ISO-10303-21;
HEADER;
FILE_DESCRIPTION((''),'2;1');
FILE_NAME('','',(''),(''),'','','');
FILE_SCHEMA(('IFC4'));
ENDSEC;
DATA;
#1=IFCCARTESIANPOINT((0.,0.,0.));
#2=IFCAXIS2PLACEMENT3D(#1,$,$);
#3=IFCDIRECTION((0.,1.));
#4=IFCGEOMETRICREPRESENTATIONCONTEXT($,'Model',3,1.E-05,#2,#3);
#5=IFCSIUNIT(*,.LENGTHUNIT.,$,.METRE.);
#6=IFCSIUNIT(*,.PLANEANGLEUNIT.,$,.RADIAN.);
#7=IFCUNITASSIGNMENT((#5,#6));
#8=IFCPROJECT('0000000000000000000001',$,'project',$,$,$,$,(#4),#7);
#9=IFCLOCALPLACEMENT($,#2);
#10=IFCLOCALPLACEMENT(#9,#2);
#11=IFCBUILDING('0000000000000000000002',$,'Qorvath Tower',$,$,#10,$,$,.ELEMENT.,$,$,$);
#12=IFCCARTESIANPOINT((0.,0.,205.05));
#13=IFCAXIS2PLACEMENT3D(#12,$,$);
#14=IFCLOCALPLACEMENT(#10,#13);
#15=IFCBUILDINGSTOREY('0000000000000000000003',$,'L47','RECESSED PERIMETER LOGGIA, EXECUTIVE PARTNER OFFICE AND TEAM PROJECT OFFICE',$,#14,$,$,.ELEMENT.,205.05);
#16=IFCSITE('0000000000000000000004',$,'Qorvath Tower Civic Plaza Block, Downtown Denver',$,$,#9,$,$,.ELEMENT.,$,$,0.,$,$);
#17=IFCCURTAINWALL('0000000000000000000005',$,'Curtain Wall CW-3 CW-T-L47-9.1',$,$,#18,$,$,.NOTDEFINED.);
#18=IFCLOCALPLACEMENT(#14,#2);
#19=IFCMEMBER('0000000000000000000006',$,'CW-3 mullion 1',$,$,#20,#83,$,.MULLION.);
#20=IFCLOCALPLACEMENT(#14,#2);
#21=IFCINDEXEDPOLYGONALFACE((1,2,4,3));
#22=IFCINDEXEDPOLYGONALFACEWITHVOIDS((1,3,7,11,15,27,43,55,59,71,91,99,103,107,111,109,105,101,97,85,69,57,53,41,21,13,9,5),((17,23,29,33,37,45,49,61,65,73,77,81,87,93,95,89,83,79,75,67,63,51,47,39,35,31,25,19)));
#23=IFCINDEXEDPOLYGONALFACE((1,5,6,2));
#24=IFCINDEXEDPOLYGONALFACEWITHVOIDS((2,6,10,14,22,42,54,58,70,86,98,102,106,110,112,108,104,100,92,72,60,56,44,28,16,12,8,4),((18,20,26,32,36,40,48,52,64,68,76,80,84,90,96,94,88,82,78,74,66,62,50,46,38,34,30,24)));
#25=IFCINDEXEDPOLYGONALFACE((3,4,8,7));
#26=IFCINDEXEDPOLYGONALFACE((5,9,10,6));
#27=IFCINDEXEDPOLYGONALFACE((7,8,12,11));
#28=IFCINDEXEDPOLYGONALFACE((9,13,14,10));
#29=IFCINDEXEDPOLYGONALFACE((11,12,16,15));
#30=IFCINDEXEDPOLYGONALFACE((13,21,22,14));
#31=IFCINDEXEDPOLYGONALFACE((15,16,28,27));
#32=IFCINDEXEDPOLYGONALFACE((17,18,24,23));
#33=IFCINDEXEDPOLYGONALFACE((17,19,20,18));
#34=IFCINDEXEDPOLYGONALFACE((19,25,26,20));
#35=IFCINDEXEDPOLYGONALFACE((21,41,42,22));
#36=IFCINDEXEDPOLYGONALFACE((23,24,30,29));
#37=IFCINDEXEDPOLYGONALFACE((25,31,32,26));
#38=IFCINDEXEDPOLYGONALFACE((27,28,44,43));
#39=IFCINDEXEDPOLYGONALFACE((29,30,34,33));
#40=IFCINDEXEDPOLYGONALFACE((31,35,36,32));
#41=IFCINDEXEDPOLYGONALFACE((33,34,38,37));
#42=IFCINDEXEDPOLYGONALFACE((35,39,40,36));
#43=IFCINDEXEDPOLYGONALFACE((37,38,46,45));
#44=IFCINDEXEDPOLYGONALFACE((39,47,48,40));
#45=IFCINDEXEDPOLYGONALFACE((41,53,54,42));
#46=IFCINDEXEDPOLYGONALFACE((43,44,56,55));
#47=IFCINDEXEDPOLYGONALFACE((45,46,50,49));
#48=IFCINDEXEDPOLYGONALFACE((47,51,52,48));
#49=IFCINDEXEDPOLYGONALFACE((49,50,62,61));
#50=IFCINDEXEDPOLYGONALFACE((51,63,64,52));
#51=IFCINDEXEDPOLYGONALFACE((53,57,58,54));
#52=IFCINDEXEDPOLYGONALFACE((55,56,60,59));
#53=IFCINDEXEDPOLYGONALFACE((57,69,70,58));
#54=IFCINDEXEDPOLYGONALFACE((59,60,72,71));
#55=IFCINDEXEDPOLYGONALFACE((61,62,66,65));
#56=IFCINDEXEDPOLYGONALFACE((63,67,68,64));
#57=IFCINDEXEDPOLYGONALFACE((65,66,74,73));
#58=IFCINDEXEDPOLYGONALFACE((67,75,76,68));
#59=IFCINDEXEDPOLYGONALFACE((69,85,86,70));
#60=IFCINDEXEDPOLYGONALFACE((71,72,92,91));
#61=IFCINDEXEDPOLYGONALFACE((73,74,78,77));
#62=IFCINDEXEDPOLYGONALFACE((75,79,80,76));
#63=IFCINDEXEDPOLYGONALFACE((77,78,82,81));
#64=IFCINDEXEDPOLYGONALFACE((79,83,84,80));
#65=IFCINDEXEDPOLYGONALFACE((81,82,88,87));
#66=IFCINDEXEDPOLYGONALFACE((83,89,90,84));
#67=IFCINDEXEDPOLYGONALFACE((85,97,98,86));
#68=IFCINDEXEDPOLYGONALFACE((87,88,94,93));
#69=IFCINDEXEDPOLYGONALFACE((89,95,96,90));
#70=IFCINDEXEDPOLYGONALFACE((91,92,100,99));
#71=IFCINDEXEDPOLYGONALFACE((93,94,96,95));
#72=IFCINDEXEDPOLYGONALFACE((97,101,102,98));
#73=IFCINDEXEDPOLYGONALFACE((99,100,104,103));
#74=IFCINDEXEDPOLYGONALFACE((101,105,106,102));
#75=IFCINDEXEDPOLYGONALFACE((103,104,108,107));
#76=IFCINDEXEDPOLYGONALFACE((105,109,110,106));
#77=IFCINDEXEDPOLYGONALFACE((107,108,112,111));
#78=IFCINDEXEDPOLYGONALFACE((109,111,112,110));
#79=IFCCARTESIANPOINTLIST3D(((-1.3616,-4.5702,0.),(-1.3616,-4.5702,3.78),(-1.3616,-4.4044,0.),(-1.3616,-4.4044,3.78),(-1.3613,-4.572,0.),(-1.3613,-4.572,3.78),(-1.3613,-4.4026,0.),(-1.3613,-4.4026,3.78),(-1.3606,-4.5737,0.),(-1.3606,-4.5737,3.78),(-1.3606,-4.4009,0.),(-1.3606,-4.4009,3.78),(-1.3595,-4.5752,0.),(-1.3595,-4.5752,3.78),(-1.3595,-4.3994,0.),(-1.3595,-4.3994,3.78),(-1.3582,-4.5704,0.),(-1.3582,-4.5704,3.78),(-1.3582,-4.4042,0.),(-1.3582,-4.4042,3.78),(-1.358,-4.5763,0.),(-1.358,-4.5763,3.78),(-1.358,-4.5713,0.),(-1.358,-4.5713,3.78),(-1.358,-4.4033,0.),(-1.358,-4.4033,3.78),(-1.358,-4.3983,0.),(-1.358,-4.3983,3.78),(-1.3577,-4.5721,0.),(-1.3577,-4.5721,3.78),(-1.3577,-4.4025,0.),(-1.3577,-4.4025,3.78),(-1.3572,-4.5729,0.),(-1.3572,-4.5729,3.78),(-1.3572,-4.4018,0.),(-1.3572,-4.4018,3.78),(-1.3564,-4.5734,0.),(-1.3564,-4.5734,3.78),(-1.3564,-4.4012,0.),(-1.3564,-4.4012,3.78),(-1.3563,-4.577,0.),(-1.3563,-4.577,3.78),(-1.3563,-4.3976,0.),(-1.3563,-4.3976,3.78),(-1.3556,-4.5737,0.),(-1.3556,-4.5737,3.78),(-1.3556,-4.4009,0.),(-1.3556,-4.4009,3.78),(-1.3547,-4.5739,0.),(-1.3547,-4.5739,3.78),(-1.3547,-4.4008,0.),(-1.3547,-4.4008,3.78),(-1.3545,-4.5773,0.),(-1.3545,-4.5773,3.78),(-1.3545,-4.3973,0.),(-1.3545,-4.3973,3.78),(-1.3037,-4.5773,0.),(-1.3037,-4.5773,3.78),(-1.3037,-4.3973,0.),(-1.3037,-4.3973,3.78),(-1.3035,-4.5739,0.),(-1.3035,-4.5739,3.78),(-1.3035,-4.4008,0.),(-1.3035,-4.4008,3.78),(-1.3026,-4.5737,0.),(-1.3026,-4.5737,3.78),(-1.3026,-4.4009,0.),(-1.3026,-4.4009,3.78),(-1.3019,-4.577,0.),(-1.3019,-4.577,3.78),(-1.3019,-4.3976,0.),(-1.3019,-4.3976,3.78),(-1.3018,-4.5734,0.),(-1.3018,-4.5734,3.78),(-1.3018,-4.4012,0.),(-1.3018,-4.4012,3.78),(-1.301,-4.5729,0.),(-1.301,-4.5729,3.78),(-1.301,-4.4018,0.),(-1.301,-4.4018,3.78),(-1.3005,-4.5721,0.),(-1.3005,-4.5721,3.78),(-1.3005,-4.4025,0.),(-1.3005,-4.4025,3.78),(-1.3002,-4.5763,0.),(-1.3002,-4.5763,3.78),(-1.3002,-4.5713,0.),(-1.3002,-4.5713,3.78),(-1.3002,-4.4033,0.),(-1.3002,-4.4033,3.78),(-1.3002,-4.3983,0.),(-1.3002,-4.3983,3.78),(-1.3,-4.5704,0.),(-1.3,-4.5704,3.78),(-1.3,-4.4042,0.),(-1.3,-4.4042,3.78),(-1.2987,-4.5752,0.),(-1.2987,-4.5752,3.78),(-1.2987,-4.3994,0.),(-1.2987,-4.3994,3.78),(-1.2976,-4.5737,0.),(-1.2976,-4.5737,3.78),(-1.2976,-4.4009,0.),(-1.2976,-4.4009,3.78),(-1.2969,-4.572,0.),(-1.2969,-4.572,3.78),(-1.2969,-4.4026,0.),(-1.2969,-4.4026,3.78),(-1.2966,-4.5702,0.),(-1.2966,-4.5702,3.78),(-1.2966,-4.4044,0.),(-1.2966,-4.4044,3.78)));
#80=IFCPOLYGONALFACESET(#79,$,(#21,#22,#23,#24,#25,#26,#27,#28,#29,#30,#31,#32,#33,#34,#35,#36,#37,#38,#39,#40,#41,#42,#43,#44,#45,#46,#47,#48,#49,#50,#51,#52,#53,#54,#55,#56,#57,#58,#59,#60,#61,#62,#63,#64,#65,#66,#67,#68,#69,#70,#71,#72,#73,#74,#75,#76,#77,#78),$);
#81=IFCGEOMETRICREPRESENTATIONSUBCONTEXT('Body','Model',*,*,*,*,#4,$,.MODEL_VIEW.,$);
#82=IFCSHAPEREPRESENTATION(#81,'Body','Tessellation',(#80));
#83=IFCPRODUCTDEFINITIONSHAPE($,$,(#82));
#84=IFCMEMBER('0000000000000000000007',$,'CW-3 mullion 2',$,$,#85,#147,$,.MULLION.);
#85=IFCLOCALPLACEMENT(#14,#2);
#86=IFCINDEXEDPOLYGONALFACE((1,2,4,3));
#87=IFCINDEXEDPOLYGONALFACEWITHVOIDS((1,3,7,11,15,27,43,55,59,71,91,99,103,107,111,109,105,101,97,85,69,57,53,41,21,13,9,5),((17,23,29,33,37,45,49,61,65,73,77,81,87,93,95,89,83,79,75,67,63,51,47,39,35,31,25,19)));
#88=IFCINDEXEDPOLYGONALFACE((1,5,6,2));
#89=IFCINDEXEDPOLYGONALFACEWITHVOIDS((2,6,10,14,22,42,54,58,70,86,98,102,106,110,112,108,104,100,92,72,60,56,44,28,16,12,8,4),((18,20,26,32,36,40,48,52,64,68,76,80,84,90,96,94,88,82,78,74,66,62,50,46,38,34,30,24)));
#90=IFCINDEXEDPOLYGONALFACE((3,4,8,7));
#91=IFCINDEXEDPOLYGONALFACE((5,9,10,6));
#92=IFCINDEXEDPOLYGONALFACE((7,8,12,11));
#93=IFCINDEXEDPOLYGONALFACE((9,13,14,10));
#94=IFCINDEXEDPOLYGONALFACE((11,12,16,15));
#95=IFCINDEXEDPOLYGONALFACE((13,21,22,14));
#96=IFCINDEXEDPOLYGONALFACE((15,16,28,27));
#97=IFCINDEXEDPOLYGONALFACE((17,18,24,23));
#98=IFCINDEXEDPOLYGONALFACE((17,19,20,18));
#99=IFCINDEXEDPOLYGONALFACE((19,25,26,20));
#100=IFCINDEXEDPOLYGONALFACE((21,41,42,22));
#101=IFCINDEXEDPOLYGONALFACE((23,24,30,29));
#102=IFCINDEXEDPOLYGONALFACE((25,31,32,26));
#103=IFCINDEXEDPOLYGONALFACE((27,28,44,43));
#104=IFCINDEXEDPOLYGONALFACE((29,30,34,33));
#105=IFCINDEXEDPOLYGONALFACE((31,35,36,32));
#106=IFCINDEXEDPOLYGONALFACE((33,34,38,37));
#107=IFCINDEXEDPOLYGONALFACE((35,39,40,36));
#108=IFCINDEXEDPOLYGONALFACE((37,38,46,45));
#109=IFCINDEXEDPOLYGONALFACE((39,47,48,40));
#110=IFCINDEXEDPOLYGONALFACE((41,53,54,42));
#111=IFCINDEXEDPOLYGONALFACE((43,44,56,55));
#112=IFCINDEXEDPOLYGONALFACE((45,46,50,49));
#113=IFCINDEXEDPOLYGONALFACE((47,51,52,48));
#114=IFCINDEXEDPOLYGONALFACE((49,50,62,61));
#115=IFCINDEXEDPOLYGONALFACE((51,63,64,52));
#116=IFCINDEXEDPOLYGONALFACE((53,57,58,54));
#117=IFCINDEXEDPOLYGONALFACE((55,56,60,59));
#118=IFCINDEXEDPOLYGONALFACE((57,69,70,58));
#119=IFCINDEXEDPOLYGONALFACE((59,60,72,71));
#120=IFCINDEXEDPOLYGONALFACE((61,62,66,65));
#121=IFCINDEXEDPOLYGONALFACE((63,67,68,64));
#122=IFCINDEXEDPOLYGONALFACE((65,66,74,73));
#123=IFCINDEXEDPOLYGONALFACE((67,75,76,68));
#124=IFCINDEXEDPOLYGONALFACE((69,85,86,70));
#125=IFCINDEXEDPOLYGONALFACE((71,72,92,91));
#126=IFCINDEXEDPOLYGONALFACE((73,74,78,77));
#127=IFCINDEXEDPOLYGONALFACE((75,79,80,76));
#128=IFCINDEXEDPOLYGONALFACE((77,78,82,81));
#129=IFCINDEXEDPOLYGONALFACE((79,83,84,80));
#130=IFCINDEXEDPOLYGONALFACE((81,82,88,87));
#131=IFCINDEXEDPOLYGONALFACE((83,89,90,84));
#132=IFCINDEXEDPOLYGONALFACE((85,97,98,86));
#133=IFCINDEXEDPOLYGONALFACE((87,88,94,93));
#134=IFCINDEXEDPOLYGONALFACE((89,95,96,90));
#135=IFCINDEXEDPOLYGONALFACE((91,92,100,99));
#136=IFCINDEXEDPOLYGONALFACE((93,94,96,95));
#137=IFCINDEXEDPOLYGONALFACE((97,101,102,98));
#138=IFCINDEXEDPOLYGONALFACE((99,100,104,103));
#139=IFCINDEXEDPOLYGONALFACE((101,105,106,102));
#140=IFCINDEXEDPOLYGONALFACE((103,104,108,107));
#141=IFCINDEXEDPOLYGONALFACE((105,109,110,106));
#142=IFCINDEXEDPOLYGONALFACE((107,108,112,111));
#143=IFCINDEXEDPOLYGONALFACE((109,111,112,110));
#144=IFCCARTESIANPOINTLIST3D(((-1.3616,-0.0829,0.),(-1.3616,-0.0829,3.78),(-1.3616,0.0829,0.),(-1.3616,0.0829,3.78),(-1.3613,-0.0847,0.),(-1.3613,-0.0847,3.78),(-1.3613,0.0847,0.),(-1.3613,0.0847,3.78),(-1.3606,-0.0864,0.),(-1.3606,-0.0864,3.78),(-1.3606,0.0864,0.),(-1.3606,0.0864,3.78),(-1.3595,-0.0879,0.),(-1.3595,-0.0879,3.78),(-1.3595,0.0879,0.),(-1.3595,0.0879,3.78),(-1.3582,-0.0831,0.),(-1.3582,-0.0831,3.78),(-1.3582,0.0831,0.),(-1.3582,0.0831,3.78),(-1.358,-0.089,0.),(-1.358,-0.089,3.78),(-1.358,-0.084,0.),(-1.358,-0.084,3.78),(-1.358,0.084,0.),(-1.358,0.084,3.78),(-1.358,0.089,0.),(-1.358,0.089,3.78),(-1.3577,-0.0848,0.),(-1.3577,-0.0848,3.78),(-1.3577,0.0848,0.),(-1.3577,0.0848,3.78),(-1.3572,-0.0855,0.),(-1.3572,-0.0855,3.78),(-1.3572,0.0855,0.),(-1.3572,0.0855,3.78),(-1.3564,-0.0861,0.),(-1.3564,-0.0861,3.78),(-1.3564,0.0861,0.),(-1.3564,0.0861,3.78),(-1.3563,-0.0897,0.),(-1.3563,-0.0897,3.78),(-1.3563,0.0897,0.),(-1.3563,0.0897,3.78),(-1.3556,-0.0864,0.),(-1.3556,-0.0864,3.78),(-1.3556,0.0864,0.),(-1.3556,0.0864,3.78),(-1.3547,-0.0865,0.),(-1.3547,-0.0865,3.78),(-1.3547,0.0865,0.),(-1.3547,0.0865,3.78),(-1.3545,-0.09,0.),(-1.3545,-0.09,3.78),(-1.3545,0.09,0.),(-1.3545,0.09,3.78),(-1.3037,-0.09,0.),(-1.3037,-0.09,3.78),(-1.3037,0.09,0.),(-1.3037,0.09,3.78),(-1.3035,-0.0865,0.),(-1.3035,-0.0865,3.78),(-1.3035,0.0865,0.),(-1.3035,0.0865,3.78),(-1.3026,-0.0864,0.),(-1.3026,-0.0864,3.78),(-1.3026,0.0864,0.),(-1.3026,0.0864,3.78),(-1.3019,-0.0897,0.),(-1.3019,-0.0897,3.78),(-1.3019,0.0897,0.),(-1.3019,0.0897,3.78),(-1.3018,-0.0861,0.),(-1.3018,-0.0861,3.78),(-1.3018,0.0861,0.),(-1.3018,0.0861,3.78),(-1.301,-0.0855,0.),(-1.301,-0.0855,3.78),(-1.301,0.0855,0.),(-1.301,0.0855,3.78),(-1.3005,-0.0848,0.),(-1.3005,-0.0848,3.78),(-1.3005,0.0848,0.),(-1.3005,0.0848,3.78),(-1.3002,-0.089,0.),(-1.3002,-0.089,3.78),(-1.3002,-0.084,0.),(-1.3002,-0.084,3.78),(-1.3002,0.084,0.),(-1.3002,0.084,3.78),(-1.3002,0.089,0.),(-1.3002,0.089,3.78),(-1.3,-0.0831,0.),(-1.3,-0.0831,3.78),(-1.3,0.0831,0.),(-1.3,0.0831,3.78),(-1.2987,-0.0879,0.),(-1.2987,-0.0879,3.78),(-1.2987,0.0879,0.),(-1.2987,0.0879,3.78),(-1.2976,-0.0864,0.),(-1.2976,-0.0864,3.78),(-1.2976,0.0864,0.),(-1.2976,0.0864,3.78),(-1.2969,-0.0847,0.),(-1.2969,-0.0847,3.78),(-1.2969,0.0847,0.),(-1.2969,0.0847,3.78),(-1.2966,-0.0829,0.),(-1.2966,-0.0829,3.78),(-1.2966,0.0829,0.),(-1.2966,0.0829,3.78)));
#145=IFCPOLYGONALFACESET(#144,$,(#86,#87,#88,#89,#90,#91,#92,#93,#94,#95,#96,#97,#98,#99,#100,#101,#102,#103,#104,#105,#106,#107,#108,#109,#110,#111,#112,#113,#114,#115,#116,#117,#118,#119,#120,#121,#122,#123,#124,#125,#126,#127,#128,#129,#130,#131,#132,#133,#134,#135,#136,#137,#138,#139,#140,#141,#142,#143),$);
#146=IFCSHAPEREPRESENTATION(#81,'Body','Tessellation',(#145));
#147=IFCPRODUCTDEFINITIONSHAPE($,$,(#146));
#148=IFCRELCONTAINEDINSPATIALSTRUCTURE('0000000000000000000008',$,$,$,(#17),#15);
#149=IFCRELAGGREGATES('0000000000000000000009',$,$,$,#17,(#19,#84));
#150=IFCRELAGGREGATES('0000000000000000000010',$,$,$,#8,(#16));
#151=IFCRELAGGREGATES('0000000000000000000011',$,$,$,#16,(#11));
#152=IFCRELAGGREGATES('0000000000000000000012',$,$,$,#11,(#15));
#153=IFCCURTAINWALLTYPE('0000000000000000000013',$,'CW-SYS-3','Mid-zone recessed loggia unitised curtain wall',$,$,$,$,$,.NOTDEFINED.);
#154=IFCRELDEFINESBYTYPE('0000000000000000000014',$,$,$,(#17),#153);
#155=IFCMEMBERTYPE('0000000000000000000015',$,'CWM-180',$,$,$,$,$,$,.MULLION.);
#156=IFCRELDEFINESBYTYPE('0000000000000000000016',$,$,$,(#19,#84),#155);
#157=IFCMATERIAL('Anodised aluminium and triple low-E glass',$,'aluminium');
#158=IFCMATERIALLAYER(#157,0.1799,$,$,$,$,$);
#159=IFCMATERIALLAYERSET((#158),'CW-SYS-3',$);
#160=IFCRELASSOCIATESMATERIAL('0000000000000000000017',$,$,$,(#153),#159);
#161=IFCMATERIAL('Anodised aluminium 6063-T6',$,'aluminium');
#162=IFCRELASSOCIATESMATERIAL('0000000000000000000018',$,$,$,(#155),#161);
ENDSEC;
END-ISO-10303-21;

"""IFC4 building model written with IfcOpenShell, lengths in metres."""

from ifc_helpers import new_model, si_unit, direction, frame, origin, origin_2d, place, context, subcontext, project, spatial, hollow_rectangle, extrude, material, layer, layer_set, material_profile, profile_set, type_object, element, aggregate, save


model = new_model("IFC4")

# Units and contexts
model_context = context("Model", 3, precision=1e-05, world=origin(), true_north=direction((0.0, 1.0)))
body_context = subcontext(model_context, "Body", "Model", "MODEL_VIEW")
ifc_project = project(units=[si_unit("LENGTHUNIT", "METRE"), si_unit("PLANEANGLEUNIT", "RADIAN")], contexts=[model_context])

# Site, building, storey
site_placement = place(None, origin())
site = spatial("IfcSite", under=ifc_project, at=site_placement, Name="Qorvath Tower Civic Plaza Block, Downtown Denver", CompositionType="ELEMENT", RefElevation=0.0)
building_placement = place(site_placement, origin())
building = spatial("IfcBuilding", under=site, at=building_placement, Name="Qorvath Tower", CompositionType="ELEMENT")
storey_placement = place(building_placement, frame((0.0, 0.0, 205.05)))
storey = spatial("IfcBuildingStorey", under=building, at=storey_placement, Name="L47", Description="RECESSED PERIMETER LOGGIA, EXECUTIVE PARTNER OFFICE AND TEAM PROJECT OFFICE", CompositionType="ELEMENT", Elevation=205.05)

# Curtain wall, members
ifc_material_1 = material(Name="Anodised aluminium and triple low-E glass", Category="aluminium")
ifc_layer_1 = layer(ifc_material_1, 0.1799)
ifc_layer_set_1 = layer_set([ifc_layer_1], Name="CW-SYS-3")
curtain_wall_type = type_object("IfcCurtainWallType", Name="CW-SYS-3", Description="Mid-zone recessed loggia unitised curtain wall", PredefinedType="NOTDEFINED", material=ifc_layer_set_1)
curtain_wall_placement = place(storey_placement, origin())
curtain_wall = element("IfcCurtainWall", 1, at=curtain_wall_placement, inside=storey, type_object=curtain_wall_type, Name="Curtain Wall CW-3 CW-T-L47-9.1", PredefinedType="NOTDEFINED")
ifc_material_2 = material(Name="Anodised aluminium 6063-T6", Category="aluminium")
ifc_material_profile_1 = material_profile(ifc_material_2, hollow_rectangle(XDim=0.0649, YDim=0.1799, WallThickness=0.0034, InnerFilletRadius=0.0034, OuterFilletRadius=0.0071, at=origin_2d()), Name="CWM 180x65")
ifc_profile_set_1 = profile_set([ifc_material_profile_1], Name="Anodised aluminium 6063-T6")
member_type_1 = type_object("IfcMemberType", Name="CWM-180", PredefinedType="MULLION", material=ifc_profile_set_1)
member_1_placement = place(storey_placement, frame((-1.3291, -4.4873, 0.0), z_axis=(0.0, 0.0, 1.0), x_axis=(-1.0, 0.0, 0.0)))
member_1 = element("IfcMember", 2, at=member_1_placement, type_object=member_type_1, Name="CW-3 mullion 1", PredefinedType="MULLION", context=body_context, shape_type="SweptSolid", body=[
    extrude(hollow_rectangle(XDim=0.0649, YDim=0.1799, WallThickness=0.0034, InnerFilletRadius=0.0034, OuterFilletRadius=0.0071, at=origin_2d()), origin(), (0.0, 0.0, 1.0), 3.78),
])
member_2_placement = place(storey_placement, frame((-1.3291, 0.0, 0.0), z_axis=(0.0, 0.0, 1.0), x_axis=(-1.0, 0.0, 0.0)))
member_2 = element("IfcMember", 3, at=member_2_placement, type_object=member_type_1, Name="CW-3 mullion 2", PredefinedType="MULLION", context=body_context, shape_type="SweptSolid", body=[
    extrude(hollow_rectangle(XDim=0.0649, YDim=0.1799, WallThickness=0.0034, InnerFilletRadius=0.0034, OuterFilletRadius=0.0071, at=origin_2d()), origin(), (0.0, 0.0, 1.0), 3.78),
])
aggregate(curtain_wall, [member_1, member_2])

save(model, "model.ifc")
